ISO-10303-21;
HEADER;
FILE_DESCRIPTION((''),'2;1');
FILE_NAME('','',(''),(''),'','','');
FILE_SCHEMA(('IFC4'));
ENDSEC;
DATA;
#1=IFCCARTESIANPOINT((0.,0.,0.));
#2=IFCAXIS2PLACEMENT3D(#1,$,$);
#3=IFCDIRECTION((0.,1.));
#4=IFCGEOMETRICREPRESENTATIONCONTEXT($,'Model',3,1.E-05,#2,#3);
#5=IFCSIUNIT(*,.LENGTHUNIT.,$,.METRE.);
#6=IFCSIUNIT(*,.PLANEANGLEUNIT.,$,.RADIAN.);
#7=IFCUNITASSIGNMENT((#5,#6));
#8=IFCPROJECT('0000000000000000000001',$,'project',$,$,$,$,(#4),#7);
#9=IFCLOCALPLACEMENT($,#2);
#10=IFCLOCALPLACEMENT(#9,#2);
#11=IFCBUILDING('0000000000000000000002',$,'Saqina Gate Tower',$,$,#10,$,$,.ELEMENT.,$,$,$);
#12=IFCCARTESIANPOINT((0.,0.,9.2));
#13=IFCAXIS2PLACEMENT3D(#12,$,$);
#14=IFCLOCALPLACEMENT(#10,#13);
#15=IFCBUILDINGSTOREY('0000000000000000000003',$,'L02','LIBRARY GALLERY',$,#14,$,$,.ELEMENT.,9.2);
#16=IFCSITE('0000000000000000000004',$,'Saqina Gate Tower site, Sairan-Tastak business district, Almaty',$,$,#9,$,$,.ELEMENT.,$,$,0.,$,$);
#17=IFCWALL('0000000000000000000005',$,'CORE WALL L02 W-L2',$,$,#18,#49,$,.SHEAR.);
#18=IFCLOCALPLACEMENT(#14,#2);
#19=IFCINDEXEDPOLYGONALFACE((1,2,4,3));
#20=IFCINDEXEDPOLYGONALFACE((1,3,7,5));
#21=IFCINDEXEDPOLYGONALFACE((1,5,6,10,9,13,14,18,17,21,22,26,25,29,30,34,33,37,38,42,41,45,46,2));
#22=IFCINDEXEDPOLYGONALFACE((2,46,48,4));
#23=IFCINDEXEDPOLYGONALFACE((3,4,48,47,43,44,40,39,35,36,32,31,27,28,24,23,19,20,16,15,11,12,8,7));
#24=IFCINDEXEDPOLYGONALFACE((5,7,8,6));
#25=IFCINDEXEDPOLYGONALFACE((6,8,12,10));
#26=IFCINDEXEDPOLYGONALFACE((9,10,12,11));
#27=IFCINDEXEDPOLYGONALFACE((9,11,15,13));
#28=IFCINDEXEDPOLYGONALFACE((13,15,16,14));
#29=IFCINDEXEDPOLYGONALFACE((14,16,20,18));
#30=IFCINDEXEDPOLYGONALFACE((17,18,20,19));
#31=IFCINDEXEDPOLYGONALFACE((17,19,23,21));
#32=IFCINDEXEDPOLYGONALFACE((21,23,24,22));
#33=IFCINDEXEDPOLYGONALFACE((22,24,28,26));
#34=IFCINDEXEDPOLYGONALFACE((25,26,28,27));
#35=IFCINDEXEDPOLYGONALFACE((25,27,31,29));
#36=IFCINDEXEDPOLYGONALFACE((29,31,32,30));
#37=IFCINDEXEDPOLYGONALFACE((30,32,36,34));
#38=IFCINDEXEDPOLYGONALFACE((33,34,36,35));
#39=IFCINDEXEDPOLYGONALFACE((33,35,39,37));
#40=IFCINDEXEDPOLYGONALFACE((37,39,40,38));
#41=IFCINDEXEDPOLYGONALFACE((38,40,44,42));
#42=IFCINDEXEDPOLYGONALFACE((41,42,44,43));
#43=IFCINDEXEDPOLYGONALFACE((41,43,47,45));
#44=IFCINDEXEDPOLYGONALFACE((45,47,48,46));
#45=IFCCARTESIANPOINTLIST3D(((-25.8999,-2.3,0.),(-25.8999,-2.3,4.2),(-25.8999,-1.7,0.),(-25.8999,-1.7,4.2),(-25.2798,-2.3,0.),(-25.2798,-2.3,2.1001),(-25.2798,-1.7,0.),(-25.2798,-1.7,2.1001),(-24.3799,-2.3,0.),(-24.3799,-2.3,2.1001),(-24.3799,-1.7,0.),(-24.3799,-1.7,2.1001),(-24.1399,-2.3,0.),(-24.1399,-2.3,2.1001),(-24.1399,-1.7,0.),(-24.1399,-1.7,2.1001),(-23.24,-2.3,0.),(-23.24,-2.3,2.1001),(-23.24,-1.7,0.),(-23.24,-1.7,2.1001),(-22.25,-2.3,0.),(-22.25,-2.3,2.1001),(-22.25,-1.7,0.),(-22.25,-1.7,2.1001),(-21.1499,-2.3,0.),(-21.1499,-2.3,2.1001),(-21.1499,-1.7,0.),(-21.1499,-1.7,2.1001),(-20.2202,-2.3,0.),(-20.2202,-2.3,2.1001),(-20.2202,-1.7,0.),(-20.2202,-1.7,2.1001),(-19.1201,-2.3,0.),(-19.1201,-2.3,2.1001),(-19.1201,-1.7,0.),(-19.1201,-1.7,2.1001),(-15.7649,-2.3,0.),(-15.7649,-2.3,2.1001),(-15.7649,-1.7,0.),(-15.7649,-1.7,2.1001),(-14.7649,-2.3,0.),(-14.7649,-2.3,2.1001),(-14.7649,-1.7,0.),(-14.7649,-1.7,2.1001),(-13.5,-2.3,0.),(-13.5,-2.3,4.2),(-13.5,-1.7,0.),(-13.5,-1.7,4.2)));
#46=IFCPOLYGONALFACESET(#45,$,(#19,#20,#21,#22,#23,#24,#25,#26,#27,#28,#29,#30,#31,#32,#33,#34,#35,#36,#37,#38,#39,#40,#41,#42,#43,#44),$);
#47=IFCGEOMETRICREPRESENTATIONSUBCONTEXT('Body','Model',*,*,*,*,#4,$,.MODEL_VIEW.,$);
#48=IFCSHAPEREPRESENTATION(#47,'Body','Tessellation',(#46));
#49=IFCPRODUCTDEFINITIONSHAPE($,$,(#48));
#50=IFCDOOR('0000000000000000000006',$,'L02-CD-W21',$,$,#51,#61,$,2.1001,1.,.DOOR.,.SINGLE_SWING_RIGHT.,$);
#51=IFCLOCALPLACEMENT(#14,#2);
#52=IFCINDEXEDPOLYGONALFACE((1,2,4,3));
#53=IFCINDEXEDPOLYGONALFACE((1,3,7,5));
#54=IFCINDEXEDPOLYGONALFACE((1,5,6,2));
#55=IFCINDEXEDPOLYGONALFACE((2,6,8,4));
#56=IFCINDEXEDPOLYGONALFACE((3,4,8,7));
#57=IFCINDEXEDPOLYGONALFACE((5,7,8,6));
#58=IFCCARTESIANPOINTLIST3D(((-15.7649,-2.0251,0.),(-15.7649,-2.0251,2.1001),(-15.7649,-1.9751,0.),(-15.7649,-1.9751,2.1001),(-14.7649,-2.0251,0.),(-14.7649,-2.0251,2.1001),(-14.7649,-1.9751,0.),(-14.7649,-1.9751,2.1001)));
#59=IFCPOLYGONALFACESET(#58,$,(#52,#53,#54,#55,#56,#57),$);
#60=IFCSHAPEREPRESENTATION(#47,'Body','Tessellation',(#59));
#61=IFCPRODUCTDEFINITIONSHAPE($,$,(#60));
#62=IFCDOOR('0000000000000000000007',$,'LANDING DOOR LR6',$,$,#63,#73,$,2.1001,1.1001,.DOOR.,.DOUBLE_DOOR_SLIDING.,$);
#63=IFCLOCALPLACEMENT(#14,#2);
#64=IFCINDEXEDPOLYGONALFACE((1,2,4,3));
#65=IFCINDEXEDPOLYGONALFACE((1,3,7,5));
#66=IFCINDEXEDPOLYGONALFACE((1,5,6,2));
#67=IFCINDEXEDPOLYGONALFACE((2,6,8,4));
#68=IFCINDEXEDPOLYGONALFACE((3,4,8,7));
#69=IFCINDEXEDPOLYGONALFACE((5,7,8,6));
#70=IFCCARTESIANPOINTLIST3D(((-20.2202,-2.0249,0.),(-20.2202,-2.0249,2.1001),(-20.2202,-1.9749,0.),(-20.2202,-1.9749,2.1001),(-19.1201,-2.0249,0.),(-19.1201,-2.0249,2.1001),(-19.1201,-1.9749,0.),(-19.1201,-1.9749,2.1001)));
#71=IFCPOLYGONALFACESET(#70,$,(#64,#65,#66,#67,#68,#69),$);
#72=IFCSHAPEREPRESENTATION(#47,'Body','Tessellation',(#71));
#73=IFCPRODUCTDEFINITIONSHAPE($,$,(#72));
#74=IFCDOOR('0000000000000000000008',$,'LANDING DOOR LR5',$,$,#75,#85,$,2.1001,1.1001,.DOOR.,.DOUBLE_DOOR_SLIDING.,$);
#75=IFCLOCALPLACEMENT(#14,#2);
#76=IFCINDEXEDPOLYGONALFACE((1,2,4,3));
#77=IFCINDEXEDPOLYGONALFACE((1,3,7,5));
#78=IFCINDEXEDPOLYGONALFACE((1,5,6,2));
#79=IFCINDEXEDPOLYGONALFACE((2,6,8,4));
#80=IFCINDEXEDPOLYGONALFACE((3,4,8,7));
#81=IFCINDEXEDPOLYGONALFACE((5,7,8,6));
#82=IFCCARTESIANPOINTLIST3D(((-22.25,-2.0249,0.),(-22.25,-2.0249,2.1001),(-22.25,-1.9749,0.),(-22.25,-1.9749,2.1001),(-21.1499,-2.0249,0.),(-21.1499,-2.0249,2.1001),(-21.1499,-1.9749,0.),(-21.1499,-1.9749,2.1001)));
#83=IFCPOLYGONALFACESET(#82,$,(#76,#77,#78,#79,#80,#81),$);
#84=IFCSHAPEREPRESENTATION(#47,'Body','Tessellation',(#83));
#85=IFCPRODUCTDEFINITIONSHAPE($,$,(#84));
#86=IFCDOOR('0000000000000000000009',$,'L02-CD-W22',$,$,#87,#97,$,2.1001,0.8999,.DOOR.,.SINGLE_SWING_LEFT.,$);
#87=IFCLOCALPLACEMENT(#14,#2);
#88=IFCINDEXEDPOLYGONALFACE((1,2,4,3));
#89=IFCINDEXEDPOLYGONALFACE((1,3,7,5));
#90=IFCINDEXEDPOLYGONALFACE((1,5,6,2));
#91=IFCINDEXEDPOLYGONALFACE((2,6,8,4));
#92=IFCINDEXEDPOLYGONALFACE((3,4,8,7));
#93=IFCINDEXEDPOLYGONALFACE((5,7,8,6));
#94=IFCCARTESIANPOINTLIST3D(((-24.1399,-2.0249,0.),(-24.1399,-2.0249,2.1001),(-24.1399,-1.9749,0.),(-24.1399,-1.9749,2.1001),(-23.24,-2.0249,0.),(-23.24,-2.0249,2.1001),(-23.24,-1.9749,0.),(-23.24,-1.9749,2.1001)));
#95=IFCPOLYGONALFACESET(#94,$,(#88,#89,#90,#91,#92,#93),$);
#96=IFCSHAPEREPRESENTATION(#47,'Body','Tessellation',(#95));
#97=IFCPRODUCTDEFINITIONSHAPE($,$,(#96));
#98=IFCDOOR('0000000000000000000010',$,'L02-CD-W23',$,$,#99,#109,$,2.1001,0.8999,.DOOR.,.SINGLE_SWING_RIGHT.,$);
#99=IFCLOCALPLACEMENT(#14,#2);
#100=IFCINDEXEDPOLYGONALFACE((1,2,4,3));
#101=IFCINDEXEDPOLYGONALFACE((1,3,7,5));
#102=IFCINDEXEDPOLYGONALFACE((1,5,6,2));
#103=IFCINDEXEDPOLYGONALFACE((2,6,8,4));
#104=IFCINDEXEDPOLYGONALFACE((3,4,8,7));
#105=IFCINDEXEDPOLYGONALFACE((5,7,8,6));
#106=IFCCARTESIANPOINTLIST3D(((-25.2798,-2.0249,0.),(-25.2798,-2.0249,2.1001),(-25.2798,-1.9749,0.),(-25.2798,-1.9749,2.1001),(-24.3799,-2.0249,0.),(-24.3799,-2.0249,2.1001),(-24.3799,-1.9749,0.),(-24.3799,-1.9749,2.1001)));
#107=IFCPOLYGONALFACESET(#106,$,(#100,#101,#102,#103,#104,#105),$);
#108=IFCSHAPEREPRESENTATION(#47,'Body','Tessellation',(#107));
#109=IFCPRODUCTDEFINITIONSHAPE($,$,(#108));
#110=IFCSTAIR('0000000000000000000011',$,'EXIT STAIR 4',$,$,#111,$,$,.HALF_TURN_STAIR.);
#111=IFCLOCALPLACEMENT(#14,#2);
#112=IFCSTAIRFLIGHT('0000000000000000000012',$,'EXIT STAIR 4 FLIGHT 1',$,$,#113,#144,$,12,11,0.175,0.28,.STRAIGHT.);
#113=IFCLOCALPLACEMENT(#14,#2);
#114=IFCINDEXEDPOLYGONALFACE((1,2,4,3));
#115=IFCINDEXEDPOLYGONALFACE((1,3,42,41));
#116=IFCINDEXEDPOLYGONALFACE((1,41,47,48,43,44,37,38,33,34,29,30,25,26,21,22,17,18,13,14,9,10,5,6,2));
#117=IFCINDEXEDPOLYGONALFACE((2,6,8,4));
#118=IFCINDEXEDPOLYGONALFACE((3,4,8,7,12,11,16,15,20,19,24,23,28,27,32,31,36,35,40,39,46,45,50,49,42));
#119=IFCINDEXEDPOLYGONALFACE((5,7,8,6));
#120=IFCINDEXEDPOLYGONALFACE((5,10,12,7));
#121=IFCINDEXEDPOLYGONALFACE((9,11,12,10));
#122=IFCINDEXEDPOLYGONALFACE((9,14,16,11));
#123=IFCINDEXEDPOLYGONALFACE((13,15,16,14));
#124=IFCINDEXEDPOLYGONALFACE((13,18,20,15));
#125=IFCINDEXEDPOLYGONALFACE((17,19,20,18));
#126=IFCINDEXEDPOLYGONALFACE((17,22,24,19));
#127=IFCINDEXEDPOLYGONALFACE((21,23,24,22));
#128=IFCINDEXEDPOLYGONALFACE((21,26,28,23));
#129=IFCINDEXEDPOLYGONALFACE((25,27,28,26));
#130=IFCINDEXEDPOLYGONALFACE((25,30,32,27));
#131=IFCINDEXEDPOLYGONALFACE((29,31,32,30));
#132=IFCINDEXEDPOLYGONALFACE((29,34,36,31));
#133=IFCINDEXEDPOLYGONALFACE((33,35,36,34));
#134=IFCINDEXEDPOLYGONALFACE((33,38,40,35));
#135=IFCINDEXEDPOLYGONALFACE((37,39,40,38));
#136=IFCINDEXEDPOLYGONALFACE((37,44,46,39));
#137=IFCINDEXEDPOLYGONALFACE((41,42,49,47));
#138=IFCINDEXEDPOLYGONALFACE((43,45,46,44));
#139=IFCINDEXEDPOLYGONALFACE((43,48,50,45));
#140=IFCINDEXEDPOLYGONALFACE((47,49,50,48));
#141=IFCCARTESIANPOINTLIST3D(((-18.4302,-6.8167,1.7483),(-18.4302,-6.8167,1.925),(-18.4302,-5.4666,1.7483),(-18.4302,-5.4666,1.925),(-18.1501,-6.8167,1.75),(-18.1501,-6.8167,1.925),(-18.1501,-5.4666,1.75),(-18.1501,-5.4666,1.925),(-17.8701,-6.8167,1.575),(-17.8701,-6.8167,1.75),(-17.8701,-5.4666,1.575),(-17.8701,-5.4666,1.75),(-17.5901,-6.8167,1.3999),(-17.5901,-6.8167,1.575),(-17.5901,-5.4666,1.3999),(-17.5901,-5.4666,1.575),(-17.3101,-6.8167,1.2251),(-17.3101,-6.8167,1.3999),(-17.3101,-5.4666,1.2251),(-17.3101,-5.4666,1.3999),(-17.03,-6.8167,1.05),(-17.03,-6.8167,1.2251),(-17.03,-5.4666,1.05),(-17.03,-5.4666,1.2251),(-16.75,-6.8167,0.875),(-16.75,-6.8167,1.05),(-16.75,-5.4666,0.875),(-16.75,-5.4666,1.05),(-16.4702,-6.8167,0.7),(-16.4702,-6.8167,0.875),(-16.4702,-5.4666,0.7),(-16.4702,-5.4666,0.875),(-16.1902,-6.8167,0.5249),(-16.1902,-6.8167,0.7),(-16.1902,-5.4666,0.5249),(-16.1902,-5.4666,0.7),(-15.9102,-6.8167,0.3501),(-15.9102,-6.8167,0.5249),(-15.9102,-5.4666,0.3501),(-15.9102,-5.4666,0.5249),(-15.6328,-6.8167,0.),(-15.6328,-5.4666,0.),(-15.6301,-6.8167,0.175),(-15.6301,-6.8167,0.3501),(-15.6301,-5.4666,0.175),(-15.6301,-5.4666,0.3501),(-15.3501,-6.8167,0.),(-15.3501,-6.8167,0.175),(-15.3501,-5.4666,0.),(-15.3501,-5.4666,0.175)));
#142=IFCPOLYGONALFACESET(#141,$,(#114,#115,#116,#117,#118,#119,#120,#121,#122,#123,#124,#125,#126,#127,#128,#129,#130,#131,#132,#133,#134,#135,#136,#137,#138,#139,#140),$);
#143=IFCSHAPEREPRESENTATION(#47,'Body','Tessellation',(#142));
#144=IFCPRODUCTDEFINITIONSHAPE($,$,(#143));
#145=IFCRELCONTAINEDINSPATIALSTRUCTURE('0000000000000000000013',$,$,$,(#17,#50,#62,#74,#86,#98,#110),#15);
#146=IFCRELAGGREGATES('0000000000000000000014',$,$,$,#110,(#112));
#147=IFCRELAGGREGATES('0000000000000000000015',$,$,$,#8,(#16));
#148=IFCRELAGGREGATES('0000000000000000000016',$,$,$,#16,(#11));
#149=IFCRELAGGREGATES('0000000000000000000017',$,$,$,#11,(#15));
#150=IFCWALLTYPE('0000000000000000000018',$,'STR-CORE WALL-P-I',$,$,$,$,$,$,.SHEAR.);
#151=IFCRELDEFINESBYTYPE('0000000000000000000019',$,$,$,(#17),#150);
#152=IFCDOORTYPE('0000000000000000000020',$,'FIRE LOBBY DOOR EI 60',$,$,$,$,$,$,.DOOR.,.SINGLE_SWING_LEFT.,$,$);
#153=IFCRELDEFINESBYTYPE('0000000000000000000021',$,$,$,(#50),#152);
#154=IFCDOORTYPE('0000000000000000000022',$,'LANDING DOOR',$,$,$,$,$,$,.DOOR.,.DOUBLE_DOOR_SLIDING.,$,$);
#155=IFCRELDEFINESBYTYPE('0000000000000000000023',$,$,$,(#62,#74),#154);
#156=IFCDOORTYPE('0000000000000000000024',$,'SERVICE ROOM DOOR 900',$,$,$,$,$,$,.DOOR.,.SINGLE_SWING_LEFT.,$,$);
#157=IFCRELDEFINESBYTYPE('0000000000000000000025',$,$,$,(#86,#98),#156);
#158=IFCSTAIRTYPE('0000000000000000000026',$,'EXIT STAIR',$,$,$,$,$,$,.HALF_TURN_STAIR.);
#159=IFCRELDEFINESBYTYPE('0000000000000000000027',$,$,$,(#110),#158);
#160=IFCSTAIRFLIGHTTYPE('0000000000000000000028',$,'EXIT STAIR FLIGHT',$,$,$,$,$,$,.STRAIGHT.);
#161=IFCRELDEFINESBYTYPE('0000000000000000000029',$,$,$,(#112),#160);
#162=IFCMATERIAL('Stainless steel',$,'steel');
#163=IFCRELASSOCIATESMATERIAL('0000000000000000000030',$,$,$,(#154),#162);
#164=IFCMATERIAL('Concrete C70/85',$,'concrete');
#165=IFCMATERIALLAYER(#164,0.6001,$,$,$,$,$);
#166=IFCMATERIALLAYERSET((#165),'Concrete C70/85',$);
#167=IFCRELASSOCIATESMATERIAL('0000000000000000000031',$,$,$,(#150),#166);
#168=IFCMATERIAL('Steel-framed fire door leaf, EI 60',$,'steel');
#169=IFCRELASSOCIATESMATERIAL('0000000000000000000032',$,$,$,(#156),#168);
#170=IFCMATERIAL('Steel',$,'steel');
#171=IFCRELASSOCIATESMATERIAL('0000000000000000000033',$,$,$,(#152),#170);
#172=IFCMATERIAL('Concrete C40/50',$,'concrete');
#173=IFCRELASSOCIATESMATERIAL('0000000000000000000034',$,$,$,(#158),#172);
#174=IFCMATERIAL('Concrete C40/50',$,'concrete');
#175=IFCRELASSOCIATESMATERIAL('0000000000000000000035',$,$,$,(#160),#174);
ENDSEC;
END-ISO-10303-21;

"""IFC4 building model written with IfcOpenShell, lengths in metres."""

from ifc_helpers import new_model, si_unit, direction, frame, frame_2d, origin, place, context, subcontext, project, spatial, polyline, rectangle, outline, extrude, material, layer, layer_set, type_object, element, fill, aggregate, save


model = new_model("IFC4")

# Units and contexts
model_context = context("Model", 3, precision=1e-05, world=origin(), true_north=direction((0.0, 1.0)))
body_context = subcontext(model_context, "Body", "Model", "MODEL_VIEW")
ifc_project = project(units=[si_unit("LENGTHUNIT", "METRE"), si_unit("PLANEANGLEUNIT", "RADIAN")], contexts=[model_context])

# Site, building, storey
site_placement = place(None, origin())
site = spatial("IfcSite", under=ifc_project, at=site_placement, Name="Saqina Gate Tower site, Sairan-Tastak business district, Almaty", CompositionType="ELEMENT", RefElevation=0.0)
building_placement = place(site_placement, origin())
building = spatial("IfcBuilding", under=site, at=building_placement, Name="Saqina Gate Tower", CompositionType="ELEMENT")
storey_placement = place(building_placement, frame((0.0, 0.0, 9.2)))
storey = spatial("IfcBuildingStorey", under=building, at=storey_placement, Name="L02", Description="LIBRARY GALLERY", CompositionType="ELEMENT", Elevation=9.2)

# Shared definitions
ifc_material_1 = material(Name="Stainless steel", Category="steel")
door_type_1 = type_object("IfcDoorType", Name="LANDING DOOR", OperationType="DOUBLE_DOOR_SLIDING", PredefinedType="DOOR", material=ifc_material_1)

# Wall, openings, doors
ifc_material_2 = material(Name="Concrete C70/85", Category="concrete")
ifc_layer_1 = layer(ifc_material_2, 0.6001)
ifc_layer_set_1 = layer_set([ifc_layer_1], Name="Concrete C70/85")
wall_type_1 = type_object("IfcWallType", Name="STR-CORE WALL-P-I", PredefinedType="SHEAR", material=ifc_layer_set_1)
ifc_material_3 = material(Name="Steel-framed fire door leaf, EI 60", Category="steel")
door_type_2 = type_object("IfcDoorType", Name="SERVICE ROOM DOOR 900", OperationType="SINGLE_SWING_LEFT", PredefinedType="DOOR", material=ifc_material_3)
wall_1_placement = place(storey_placement, frame((-13.5, -2.0, 0.0), z_axis=(0.0, 0.0, 1.0), x_axis=(-1.0, 0.0, 0.0)))
wall_1 = element("IfcWall", 1, at=wall_1_placement, inside=storey, type_object=wall_type_1, Name="CORE WALL L02 W-L2", PredefinedType="SHEAR", context=body_context, shape_type="SweptSolid", body=[
    extrude(rectangle(XDim=12.3999, YDim=0.6001, at=frame_2d((6.2, 0.0))), origin(), (0.0, 0.0, 1.0), 4.2),
])
opening_1_placement = place(wall_1_placement, frame((5.6201, 0.0, 0.0)))
opening_1 = element("IfcOpeningElement", 2, at=opening_1_placement, cuts=wall_1, PredefinedType="OPENING", context=body_context, shape_type="SweptSolid", body=[
    extrude(rectangle(XDim=1.1001, YDim=2.1001, at=frame_2d((0.55, 1.05))), frame((0.0, 0.312, 0.0), z_axis=(0.0, -1.0, 0.0), x_axis=(1.0, 0.0, 0.0)), (0.0, 0.0, 1.0), 0.624),
])
opening_2_placement = place(wall_1_placement, frame((7.6499, 0.0, 0.0)))
opening_2 = element("IfcOpeningElement", 3, at=opening_2_placement, cuts=wall_1, PredefinedType="OPENING", context=body_context, shape_type="SweptSolid", body=[
    extrude(rectangle(XDim=1.1001, YDim=2.1001, at=frame_2d((0.55, 1.05))), frame((0.0, 0.312, 0.0), z_axis=(0.0, -1.0, 0.0), x_axis=(1.0, 0.0, 0.0)), (0.0, 0.0, 1.0), 0.624),
])
opening_3_placement = place(wall_1_placement, frame((1.2649, 0.0, 0.0)))
opening_3 = element("IfcOpeningElement", 4, at=opening_3_placement, cuts=wall_1, PredefinedType="OPENING", context=body_context, shape_type="SweptSolid", body=[
    extrude(rectangle(XDim=1.0, YDim=2.1001, at=frame_2d((0.5, 1.05))), frame((0.0, 0.312, 0.0), z_axis=(0.0, -1.0, 0.0), x_axis=(1.0, 0.0, 0.0)), (0.0, 0.0, 1.0), 0.624),
])
opening_4_placement = place(wall_1_placement, frame((9.74, 0.0, 0.0)))
opening_4 = element("IfcOpeningElement", 5, at=opening_4_placement, cuts=wall_1, PredefinedType="OPENING", context=body_context, shape_type="SweptSolid", body=[
    extrude(rectangle(XDim=0.8999, YDim=2.1001, at=frame_2d((0.45, 1.05))), frame((0.0, 0.312, 0.0), z_axis=(0.0, -1.0, 0.0), x_axis=(1.0, 0.0, 0.0)), (0.0, 0.0, 1.0), 0.624),
])
opening_5_placement = place(wall_1_placement, frame((10.8799, 0.0, 0.0)))
opening_5 = element("IfcOpeningElement", 6, at=opening_5_placement, cuts=wall_1, PredefinedType="OPENING", context=body_context, shape_type="SweptSolid", body=[
    extrude(rectangle(XDim=0.8999, YDim=2.1001, at=frame_2d((0.45, 1.05))), frame((0.0, 0.312, 0.0), z_axis=(0.0, -1.0, 0.0), x_axis=(1.0, 0.0, 0.0)), (0.0, 0.0, 1.0), 0.624),
])
ifc_material_4 = material(Name="Steel", Category="steel")
door_type_3 = type_object("IfcDoorType", Name="FIRE LOBBY DOOR EI 60", OperationType="SINGLE_SWING_LEFT", PredefinedType="DOOR", material=ifc_material_4)
door_1_placement = place(opening_3_placement, frame((1.0, 0.0, 0.0), z_axis=(0.0, 0.0, 1.0), x_axis=(-1.0, 0.0, 0.0)))
door_1 = element("IfcDoor", 7, at=door_1_placement, inside=storey, type_object=door_type_3, Name="L02-CD-W21", OperationType="SINGLE_SWING_RIGHT", OverallHeight=2.1001, OverallWidth=1.0, PredefinedType="DOOR", context=body_context, shape_type="SweptSolid", body=[
    extrude(rectangle(XDim=1.0, YDim=2.1001, at=frame_2d((0.5, 1.05))), frame((0.0, 0.0249, 0.0), z_axis=(0.0, -1.0, 0.0), x_axis=(1.0, 0.0, 0.0)), (0.0, 0.0, 1.0), 0.05),
])
fill(opening_3, door_1)
door_2_placement = place(opening_1_placement, origin())
door_2 = element("IfcDoor", 8, at=door_2_placement, inside=storey, type_object=door_type_1, Name="LANDING DOOR LR6", OperationType="DOUBLE_DOOR_SLIDING", OverallHeight=2.1001, OverallWidth=1.1001, PredefinedType="DOOR", context=body_context, shape_type="SweptSolid", body=[
    extrude(rectangle(XDim=1.1001, YDim=2.1001, at=frame_2d((0.55, 1.05))), frame((0.0, 0.0249, 0.0), z_axis=(0.0, -1.0, 0.0), x_axis=(1.0, 0.0, 0.0)), (0.0, 0.0, 1.0), 0.05),
])
fill(opening_1, door_2)
door_3_placement = place(opening_2_placement, origin())
door_3 = element("IfcDoor", 9, at=door_3_placement, inside=storey, type_object=door_type_1, Name="LANDING DOOR LR5", OperationType="DOUBLE_DOOR_SLIDING", OverallHeight=2.1001, OverallWidth=1.1001, PredefinedType="DOOR", context=body_context, shape_type="SweptSolid", body=[
    extrude(rectangle(XDim=1.1001, YDim=2.1001, at=frame_2d((0.55, 1.05))), frame((0.0, 0.0249, 0.0), z_axis=(0.0, -1.0, 0.0), x_axis=(1.0, 0.0, 0.0)), (0.0, 0.0, 1.0), 0.05),
])
fill(opening_2, door_3)
door_4_placement = place(opening_4_placement, origin())
door_4 = element("IfcDoor", 10, at=door_4_placement, inside=storey, type_object=door_type_2, Name="L02-CD-W22", OperationType="SINGLE_SWING_LEFT", OverallHeight=2.1001, OverallWidth=0.8999, PredefinedType="DOOR", context=body_context, shape_type="SweptSolid", body=[
    extrude(rectangle(XDim=0.8999, YDim=2.1001, at=frame_2d((0.45, 1.05))), frame((0.0, 0.0249, 0.0), z_axis=(0.0, -1.0, 0.0), x_axis=(1.0, 0.0, 0.0)), (0.0, 0.0, 1.0), 0.05),
])
fill(opening_4, door_4)
door_5_placement = place(opening_5_placement, origin())
door_5 = element("IfcDoor", 11, at=door_5_placement, inside=storey, type_object=door_type_2, Name="L02-CD-W23", OperationType="SINGLE_SWING_RIGHT", OverallHeight=2.1001, OverallWidth=0.8999, PredefinedType="DOOR", context=body_context, shape_type="SweptSolid", body=[
    extrude(rectangle(XDim=0.8999, YDim=2.1001, at=frame_2d((0.45, 1.05))), frame((0.0, 0.0249, 0.0), z_axis=(0.0, -1.0, 0.0), x_axis=(1.0, 0.0, 0.0)), (0.0, 0.0, 1.0), 0.05),
])
fill(opening_5, door_5)

# Stair, stair flight
ifc_material_5 = material(Name="Concrete C40/50", Category="concrete")
stair_type = type_object("IfcStairType", Name="EXIT STAIR", PredefinedType="HALF_TURN_STAIR", material=ifc_material_5)
stair_placement = place(storey_placement, origin())
stair = element("IfcStair", 12, at=stair_placement, inside=storey, type_object=stair_type, Name="EXIT STAIR 4", PredefinedType="HALF_TURN_STAIR")
ifc_material_6 = material(Name="Concrete C40/50", Category="concrete")
stair_flight_type = type_object("IfcStairFlightType", Name="EXIT STAIR FLIGHT", PredefinedType="STRAIGHT", material=ifc_material_6)
stair_flight_1_placement = place(storey_placement, frame((-15.3501, -6.1416, 0.0), z_axis=(0.0, 0.0, 1.0), x_axis=(-1.0, 0.0, 0.0)))
stair_flight_1 = element("IfcStairFlight", 13, at=stair_flight_1_placement, type_object=stair_flight_type, Name="EXIT STAIR 4 FLIGHT 1", NumberOfRisers=12, NumberOfTreads=11, PredefinedType="STRAIGHT", RiserHeight=0.175, TreadLength=0.28, context=body_context, shape_type="SweptSolid", body=[
    extrude(outline(polyline([(0.0, 0.0), (0.0, 0.175), (0.28, 0.175), (0.28, 0.3501), (0.5601, 0.3501), (0.5601, 0.5249), (0.8401, 0.5249), (0.8401, 0.7), (1.1201, 0.7), (1.1201, 0.875), (1.3999, 0.875), (1.3999, 1.05), (1.6799, 1.05), (1.6799, 1.2251), (1.96, 1.2251), (1.96, 1.3999), (2.24, 1.3999), (2.24, 1.575), (2.52, 1.575), (2.52, 1.75), (2.8, 1.75), (2.8, 1.925), (3.0801, 1.925), (3.0801, 2.1001), (3.0801, 1.7483), (0.2827, 0.0), (0.0, 0.0)])), frame((0.0, 0.675, 0.0), z_axis=(0.0, -1.0, 0.0), x_axis=(1.0, 0.0, 0.0)), (0.0, 0.0, 1.0), 1.3501),
])
aggregate(stair, [stair_flight_1])

save(model, "model.ifc")
